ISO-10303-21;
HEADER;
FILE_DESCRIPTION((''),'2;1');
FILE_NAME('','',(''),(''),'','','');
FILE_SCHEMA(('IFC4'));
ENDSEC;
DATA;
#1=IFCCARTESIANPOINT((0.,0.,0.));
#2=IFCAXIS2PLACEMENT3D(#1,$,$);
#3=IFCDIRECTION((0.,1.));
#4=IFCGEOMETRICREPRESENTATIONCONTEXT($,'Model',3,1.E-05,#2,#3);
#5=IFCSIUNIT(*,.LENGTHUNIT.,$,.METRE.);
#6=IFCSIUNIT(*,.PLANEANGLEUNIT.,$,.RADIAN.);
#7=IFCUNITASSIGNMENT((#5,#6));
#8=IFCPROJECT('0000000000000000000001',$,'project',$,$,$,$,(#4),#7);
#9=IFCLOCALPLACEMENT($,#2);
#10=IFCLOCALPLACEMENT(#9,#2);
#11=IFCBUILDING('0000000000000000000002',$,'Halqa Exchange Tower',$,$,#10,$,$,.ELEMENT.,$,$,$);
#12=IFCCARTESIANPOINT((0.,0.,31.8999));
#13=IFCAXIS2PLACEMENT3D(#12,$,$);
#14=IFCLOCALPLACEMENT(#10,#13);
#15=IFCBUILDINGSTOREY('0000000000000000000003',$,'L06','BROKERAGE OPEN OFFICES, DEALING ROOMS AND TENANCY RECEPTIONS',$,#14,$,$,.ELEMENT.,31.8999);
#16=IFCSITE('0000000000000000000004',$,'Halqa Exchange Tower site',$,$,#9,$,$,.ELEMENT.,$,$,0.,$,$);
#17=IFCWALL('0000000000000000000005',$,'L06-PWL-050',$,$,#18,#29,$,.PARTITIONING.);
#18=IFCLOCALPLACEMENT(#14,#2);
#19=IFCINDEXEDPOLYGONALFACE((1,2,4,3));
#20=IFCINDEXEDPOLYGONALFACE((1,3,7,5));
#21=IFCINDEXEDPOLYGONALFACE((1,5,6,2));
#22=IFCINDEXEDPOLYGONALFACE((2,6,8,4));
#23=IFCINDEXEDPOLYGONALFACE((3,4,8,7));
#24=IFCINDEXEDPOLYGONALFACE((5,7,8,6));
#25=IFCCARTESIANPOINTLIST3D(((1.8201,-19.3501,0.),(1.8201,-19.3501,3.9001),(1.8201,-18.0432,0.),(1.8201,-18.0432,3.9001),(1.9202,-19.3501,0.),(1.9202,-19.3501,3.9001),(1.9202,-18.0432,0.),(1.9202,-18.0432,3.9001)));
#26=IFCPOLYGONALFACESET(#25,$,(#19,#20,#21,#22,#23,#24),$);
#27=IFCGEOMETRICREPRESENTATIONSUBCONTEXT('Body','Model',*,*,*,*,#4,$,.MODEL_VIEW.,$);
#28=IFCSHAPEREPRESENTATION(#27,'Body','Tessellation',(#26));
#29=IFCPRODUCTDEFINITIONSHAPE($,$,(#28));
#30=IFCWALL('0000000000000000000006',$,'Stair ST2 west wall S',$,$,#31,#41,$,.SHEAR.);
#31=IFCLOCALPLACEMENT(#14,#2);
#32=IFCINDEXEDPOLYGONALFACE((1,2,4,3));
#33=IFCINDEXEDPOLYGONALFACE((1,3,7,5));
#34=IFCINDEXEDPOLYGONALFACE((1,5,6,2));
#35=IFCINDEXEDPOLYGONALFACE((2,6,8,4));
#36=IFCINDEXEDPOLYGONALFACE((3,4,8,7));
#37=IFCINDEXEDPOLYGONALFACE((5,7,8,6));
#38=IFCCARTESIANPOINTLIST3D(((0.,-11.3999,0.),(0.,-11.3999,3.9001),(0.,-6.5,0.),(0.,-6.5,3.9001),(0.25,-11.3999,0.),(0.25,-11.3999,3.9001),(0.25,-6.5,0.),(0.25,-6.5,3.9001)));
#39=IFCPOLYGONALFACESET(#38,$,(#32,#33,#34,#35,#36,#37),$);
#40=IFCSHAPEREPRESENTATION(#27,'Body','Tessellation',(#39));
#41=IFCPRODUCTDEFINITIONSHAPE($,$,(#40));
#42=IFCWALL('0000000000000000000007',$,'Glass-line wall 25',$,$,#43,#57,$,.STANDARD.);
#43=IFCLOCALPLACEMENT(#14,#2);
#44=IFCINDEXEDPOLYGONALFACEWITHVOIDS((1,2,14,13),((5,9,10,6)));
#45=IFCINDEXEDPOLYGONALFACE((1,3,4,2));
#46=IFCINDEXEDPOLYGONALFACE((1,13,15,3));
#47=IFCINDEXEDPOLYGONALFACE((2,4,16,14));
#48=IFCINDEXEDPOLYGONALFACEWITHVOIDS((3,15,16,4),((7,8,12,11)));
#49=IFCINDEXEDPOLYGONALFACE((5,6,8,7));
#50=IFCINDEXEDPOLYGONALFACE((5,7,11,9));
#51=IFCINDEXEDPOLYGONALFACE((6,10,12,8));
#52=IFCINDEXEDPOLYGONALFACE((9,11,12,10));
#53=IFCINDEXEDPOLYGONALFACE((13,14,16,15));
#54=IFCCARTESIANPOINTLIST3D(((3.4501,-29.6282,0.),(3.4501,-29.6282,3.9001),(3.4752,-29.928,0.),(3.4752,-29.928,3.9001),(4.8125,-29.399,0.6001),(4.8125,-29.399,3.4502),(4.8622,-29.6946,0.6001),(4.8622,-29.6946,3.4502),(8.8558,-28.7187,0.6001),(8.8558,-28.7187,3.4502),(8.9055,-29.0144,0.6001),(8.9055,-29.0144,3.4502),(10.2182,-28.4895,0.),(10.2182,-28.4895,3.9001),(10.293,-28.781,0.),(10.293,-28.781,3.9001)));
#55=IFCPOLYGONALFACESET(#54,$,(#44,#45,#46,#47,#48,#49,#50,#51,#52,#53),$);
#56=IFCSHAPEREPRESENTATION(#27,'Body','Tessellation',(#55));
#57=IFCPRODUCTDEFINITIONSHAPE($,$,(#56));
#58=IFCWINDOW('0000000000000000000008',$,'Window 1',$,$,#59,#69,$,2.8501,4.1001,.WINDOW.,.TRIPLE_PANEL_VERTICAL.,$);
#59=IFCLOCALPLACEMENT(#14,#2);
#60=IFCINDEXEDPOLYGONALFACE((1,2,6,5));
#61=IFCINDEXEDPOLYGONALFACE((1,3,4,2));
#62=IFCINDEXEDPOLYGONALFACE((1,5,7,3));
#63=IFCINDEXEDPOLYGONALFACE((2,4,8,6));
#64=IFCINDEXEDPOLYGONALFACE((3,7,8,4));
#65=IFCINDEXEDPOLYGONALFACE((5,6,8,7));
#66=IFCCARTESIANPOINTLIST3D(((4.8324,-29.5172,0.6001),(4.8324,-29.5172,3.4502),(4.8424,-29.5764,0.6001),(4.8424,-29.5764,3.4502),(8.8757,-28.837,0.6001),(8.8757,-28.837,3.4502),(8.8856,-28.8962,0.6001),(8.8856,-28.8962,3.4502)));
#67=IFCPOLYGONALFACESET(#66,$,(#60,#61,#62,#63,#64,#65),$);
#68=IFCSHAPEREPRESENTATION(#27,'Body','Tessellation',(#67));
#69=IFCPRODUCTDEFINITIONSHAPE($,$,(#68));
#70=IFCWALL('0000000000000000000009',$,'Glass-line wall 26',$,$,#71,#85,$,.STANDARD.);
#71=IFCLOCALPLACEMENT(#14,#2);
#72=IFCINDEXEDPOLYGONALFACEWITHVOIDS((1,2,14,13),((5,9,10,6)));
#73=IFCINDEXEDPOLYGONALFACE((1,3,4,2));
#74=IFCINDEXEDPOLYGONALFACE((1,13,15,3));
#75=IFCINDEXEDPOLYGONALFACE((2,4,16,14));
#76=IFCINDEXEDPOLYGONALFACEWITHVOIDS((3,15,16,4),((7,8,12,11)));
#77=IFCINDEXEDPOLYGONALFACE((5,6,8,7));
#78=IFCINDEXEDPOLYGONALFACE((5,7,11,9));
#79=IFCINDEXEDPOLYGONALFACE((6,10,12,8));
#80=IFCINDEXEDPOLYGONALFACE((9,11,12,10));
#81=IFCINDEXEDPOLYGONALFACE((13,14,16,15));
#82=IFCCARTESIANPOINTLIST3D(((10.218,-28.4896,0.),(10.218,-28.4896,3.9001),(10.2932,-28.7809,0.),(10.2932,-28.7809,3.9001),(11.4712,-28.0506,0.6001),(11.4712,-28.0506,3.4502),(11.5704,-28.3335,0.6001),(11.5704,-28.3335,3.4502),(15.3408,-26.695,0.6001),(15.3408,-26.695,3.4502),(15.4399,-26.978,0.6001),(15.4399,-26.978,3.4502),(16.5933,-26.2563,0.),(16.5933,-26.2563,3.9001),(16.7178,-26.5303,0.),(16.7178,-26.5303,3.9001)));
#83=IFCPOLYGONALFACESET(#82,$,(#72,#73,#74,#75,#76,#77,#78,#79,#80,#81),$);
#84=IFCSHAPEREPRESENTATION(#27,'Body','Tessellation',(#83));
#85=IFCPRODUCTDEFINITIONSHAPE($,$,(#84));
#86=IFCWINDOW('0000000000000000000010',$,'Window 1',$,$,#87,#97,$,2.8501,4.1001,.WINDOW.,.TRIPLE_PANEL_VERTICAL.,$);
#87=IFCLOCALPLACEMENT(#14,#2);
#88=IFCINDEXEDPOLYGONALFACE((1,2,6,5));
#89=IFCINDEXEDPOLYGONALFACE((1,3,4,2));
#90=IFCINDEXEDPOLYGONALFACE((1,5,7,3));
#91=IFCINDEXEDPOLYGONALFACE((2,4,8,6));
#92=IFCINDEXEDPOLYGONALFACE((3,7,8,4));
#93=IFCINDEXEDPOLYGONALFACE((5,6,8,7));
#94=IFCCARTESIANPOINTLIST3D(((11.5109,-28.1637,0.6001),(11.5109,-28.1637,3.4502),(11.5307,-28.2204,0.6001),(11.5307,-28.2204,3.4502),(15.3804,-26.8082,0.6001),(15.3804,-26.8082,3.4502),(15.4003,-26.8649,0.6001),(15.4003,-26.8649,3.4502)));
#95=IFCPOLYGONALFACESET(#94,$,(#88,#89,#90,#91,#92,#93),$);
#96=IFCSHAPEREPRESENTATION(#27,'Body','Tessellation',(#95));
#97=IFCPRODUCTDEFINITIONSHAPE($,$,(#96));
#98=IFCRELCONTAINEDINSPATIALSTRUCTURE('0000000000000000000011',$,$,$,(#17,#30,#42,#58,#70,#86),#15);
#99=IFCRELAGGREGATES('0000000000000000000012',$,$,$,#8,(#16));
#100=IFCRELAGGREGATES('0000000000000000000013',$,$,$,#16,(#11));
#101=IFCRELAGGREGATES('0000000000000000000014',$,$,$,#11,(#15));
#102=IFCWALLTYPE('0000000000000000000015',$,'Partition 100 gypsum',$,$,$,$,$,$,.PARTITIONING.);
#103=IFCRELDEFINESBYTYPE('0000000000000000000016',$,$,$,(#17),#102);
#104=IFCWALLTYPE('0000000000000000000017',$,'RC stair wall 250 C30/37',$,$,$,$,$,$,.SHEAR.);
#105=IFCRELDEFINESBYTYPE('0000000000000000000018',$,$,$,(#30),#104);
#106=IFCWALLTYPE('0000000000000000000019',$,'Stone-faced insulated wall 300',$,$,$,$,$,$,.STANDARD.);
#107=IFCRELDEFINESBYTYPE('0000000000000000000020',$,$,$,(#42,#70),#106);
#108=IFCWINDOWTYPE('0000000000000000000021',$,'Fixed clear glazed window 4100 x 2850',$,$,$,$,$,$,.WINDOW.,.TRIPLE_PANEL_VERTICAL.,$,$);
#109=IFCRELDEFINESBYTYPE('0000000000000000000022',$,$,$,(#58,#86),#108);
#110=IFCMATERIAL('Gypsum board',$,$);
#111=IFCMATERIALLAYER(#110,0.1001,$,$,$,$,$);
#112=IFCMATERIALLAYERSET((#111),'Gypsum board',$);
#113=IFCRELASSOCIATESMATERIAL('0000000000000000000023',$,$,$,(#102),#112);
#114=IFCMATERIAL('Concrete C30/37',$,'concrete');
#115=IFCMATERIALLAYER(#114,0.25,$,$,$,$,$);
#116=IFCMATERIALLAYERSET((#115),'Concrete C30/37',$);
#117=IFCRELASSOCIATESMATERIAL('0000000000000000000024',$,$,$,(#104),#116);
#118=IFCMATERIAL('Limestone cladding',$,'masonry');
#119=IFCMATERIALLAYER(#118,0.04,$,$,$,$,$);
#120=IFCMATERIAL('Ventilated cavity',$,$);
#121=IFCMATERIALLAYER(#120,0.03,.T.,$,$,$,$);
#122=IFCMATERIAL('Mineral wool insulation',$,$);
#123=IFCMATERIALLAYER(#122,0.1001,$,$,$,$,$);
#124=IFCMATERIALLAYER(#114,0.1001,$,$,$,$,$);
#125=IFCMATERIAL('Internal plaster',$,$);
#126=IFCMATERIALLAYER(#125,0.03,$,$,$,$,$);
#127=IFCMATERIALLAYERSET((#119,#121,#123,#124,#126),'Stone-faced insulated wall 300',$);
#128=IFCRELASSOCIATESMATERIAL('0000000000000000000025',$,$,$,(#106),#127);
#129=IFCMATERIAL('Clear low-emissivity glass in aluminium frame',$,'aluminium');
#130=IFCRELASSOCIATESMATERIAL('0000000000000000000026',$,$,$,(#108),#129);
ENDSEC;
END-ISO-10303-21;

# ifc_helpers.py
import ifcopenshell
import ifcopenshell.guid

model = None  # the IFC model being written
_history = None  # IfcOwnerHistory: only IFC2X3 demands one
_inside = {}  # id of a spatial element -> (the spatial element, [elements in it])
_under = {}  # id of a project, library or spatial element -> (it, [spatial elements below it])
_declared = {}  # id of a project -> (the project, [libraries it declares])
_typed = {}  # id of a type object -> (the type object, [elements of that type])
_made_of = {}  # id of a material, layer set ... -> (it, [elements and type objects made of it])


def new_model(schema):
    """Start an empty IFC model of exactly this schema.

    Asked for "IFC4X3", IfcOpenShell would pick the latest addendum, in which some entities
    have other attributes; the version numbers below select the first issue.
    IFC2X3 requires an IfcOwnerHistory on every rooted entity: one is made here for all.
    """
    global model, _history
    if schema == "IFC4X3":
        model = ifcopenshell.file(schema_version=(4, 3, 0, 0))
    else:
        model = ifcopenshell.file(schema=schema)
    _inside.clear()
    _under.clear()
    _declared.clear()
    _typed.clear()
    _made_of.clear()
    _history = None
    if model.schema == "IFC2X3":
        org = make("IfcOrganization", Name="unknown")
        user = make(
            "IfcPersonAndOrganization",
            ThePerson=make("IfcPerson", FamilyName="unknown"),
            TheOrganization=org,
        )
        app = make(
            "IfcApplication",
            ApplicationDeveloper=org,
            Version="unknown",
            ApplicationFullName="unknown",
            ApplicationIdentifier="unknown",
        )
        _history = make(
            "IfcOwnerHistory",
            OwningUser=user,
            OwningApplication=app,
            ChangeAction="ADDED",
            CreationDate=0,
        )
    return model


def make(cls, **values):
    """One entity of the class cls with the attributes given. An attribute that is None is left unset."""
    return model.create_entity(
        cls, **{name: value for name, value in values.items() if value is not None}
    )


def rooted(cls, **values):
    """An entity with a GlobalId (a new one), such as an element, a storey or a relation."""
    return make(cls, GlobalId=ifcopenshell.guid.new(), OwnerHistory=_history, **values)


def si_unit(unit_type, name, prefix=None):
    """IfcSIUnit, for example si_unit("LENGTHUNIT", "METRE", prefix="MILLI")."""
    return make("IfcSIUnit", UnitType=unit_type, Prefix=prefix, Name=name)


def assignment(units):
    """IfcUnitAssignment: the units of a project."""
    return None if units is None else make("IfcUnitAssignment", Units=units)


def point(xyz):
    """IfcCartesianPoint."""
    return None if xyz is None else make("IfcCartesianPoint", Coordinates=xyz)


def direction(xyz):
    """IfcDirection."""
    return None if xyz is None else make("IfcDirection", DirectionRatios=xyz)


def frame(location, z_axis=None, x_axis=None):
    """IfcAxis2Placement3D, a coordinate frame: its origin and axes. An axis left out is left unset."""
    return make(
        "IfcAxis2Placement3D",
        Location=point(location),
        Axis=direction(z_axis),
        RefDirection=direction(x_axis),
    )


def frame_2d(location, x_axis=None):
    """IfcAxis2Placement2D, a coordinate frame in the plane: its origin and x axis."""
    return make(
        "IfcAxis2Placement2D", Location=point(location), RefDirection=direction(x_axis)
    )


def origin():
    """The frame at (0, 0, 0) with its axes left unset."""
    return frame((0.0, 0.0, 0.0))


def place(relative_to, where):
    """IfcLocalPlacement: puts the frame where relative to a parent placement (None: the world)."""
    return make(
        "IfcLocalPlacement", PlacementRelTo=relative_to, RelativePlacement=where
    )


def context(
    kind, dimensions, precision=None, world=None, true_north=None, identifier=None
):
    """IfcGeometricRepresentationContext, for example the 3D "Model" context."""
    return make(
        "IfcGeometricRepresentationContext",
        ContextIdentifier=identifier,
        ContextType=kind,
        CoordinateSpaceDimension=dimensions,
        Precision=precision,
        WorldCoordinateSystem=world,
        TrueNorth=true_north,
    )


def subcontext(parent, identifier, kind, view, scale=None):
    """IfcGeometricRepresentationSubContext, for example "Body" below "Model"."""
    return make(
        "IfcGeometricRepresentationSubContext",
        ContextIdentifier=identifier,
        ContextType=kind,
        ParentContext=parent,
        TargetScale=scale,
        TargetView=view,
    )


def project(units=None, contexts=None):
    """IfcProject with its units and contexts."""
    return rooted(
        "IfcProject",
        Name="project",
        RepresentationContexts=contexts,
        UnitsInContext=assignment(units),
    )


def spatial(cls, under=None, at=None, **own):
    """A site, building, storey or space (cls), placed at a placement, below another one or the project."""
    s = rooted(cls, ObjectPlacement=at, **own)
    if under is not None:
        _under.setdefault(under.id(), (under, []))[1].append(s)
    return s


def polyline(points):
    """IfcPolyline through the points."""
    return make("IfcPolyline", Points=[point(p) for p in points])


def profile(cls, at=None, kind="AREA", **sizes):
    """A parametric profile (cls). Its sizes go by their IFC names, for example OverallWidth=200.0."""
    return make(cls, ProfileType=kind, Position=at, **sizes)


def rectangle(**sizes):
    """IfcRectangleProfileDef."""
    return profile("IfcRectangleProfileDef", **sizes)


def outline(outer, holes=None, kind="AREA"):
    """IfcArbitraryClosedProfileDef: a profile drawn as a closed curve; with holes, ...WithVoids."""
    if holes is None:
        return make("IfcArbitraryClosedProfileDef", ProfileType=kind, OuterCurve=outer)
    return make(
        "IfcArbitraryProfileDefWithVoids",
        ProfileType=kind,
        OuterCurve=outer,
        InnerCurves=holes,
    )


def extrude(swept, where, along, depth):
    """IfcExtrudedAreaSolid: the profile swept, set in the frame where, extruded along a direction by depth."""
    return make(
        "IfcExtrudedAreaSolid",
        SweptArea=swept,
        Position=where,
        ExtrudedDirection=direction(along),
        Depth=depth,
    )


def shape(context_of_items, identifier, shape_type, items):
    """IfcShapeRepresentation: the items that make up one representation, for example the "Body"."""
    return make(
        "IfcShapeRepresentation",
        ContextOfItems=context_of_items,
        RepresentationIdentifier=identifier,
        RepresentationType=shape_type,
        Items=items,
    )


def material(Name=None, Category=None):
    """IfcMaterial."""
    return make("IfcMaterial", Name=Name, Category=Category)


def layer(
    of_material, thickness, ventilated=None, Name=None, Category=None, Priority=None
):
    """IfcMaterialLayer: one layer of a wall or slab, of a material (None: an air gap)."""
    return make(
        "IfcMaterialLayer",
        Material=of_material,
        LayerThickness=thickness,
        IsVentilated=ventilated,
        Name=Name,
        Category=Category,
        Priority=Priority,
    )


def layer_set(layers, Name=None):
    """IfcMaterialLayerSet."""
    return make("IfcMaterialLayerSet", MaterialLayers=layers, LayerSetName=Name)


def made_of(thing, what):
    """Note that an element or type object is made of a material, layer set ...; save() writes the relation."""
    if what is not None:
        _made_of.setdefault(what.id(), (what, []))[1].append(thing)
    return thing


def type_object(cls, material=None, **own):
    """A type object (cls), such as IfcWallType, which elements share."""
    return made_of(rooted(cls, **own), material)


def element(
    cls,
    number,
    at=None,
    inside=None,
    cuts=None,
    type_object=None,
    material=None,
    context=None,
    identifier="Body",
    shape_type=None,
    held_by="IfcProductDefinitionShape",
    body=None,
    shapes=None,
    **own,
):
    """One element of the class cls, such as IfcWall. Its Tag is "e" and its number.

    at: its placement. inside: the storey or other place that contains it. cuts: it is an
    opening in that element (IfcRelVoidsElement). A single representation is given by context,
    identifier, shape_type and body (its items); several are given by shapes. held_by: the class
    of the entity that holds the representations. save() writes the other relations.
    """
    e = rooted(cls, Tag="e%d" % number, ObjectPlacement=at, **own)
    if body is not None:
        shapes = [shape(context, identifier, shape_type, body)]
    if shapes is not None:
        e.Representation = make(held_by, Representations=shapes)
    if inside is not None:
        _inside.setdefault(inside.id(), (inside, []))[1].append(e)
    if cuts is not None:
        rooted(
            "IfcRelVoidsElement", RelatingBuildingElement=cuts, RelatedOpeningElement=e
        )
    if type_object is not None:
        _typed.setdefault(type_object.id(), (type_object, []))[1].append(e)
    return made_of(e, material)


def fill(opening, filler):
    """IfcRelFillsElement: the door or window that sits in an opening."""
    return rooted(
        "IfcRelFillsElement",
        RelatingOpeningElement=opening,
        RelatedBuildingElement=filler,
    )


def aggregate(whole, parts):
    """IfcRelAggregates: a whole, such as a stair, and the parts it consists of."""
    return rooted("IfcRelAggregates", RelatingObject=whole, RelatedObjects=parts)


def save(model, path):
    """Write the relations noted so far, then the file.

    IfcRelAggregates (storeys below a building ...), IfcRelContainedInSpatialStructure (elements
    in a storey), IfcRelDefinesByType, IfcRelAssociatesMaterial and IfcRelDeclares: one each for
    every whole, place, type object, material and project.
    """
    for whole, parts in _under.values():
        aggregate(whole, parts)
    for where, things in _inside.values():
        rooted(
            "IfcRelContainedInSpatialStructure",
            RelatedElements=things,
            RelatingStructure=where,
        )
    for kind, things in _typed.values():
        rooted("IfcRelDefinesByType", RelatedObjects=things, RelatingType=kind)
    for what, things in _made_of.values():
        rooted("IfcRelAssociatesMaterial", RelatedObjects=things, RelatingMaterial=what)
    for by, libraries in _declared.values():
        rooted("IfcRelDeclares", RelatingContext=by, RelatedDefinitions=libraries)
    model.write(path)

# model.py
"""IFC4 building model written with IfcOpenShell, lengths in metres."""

from ifc_helpers import new_model, si_unit, direction, frame, frame_2d, origin, place, context, subcontext, project, spatial, polyline, rectangle, outline, extrude, material, layer, layer_set, type_object, element, fill, save


model = new_model("IFC4")

# Units and contexts
model_context = context("Model", 3, precision=1e-05, world=origin(), true_north=direction((0.0, 1.0)))
body_context = subcontext(model_context, "Body", "Model", "MODEL_VIEW")
ifc_project = project(units=[si_unit("LENGTHUNIT", "METRE"), si_unit("PLANEANGLEUNIT", "RADIAN")], contexts=[model_context])

# Site, building, storey
site_placement = place(None, origin())
site = spatial("IfcSite", under=ifc_project, at=site_placement, Name="Halqa Exchange Tower site", CompositionType="ELEMENT", RefElevation=0.0)
building_placement = place(site_placement, origin())
building = spatial("IfcBuilding", under=site, at=building_placement, Name="Halqa Exchange Tower", CompositionType="ELEMENT")
storey_placement = place(building_placement, frame((0.0, 0.0, 31.8999)))
storey = spatial("IfcBuildingStorey", under=building, at=storey_placement, Name="L06", Description="BROKERAGE OPEN OFFICES, DEALING ROOMS AND TENANCY RECEPTIONS", CompositionType="ELEMENT", Elevation=31.8999)

# Shared definitions
ifc_material_1 = material(Name="Gypsum board")
ifc_layer_1 = layer(ifc_material_1, 0.1001)
ifc_layer_set_1 = layer_set([ifc_layer_1], Name="Gypsum board")
wall_type_1 = type_object("IfcWallType", Name="Partition 100 gypsum", PredefinedType="PARTITIONING", material=ifc_layer_set_1)

# Walls
wall_1_placement = place(storey_placement, frame((1.8701, -18.0432, 0.0), z_axis=(0.0, 0.0, 1.0), x_axis=(0.0, -1.0, 0.0)))
element("IfcWall", 1, at=wall_1_placement, inside=storey, type_object=wall_type_1, Name="L06-PWL-050", PredefinedType="PARTITIONING", context=body_context, shape_type="SweptSolid", body=[
    extrude(outline(polyline([(0.0, -0.05), (1.3069, -0.05), (1.3069, 0.05), (0.0, 0.05), (0.0, -0.05)])), origin(), (0.0, 0.0, 1.0), 3.9001),
])
ifc_material_2 = material(Name="Concrete C30/37", Category="concrete")
ifc_layer_2 = layer(ifc_material_2, 0.25)
ifc_layer_set_2 = layer_set([ifc_layer_2], Name="Concrete C30/37")
wall_type_2 = type_object("IfcWallType", Name="RC stair wall 250 C30/37", PredefinedType="SHEAR", material=ifc_layer_set_2)
wall_2_placement = place(storey_placement, frame((0.125, -11.3999, 0.0), z_axis=(0.0, 0.0, 1.0), x_axis=(0.0, 1.0, 0.0)))
element("IfcWall", 2, at=wall_2_placement, inside=storey, type_object=wall_type_2, Name="Stair ST2 west wall S", PredefinedType="SHEAR", context=body_context, shape_type="SweptSolid", body=[
    extrude(rectangle(XDim=4.8999, YDim=0.25, at=frame_2d((2.45, 0.0))), origin(), (0.0, 0.0, 1.0), 3.9001),
])

# Walls, openings, windows
ifc_material_3 = material(Name="Limestone cladding", Category="masonry")
ifc_layer_3 = layer(ifc_material_3, 0.04)
ifc_material_4 = material(Name="Ventilated cavity")
ifc_layer_4 = layer(ifc_material_4, 0.03, ventilated=True)
ifc_material_5 = material(Name="Mineral wool insulation")
ifc_layer_5 = layer(ifc_material_5, 0.1001)
ifc_layer_6 = layer(ifc_material_2, 0.1001)
ifc_material_6 = material(Name="Internal plaster")
ifc_layer_7 = layer(ifc_material_6, 0.03)
ifc_layer_set_3 = layer_set([ifc_layer_3, ifc_layer_4, ifc_layer_5, ifc_layer_6, ifc_layer_7], Name="Stone-faced insulated wall 300")
wall_type_3 = type_object("IfcWallType", Name="Stone-faced insulated wall 300", PredefinedType="STANDARD", material=ifc_layer_set_3)
wall_3_placement = place(storey_placement, frame((3.4626, -29.7781, 0.0), z_axis=(0.0, 0.0, 1.0), x_axis=(0.986142, 0.165905, 0.0)))
wall_3 = element("IfcWall", 3, at=wall_3_placement, inside=storey, type_object=wall_type_3, Name="Glass-line wall 25", PredefinedType="STANDARD", context=body_context, shape_type="SweptSolid", body=[
    extrude(outline(polyline([(-0.0125, -0.1499), (6.9011, -0.1499), (6.8757, 0.1499), (0.0125, 0.1499), (-0.0125, -0.1499)])), origin(), (0.0, 0.0, 1.0), 3.9001),
])
opening_1_placement = place(wall_3_placement, frame((1.394, 0.0, 0.6001)))
opening_1 = element("IfcOpeningElement", 4, at=opening_1_placement, cuts=wall_3, PredefinedType="OPENING", context=body_context, shape_type="SweptSolid", body=[
    extrude(rectangle(XDim=4.1001, YDim=2.8501, at=frame_2d((2.05, 1.425))), frame((0.0, 0.1621, 0.0), z_axis=(0.0, -1.0, 0.0), x_axis=(1.0, 0.0, 0.0)), (0.0, 0.0, 1.0), 0.324),
])
ifc_material_7 = material(Name="Clear low-emissivity glass in aluminium frame", Category="aluminium")
window_type = type_object("IfcWindowType", Name="Fixed clear glazed window 4100 x 2850", PartitioningType="TRIPLE_PANEL_VERTICAL", PredefinedType="WINDOW", material=ifc_material_7)
window_1_placement = place(opening_1_placement, origin())
window_1 = element("IfcWindow", 5, at=window_1_placement, inside=storey, type_object=window_type, Name="Window 1", OverallHeight=2.8501, OverallWidth=4.1001, PartitioningType="TRIPLE_PANEL_VERTICAL", PredefinedType="WINDOW", context=body_context, shape_type="SweptSolid", body=[
    extrude(rectangle(XDim=4.1001, YDim=2.8501, at=frame_2d((2.05, 1.425))), frame((0.0, 0.03, 0.0), z_axis=(0.0, -1.0, 0.0), x_axis=(1.0, 0.0, 0.0)), (0.0, 0.0, 1.0), 0.0601),
])
fill(opening_1, window_1)
wall_4_placement = place(storey_placement, frame((10.2556, -28.6353, 0.0), z_axis=(0.0, 0.0, 1.0), x_axis=(0.943767, 0.33061, 0.0)))
wall_4 = element("IfcWall", 6, at=wall_4_placement, inside=storey, type_object=wall_type_3, Name="Glass-line wall 26", PredefinedType="STANDARD", context=body_context, shape_type="SweptSolid", body=[
    extrude(outline(polyline([(-0.0127, -0.1499), (6.7947, -0.1499), (6.7678, 0.1499), (0.0127, 0.1499), (-0.0127, -0.1499)])), origin(), (0.0, 0.0, 1.0), 3.9001),
])
opening_2_placement = place(wall_4_placement, frame((1.3406, 0.0, 0.6001)))
opening_2 = element("IfcOpeningElement", 7, at=opening_2_placement, cuts=wall_4, PredefinedType="OPENING", context=body_context, shape_type="SweptSolid", body=[
    extrude(rectangle(XDim=4.1001, YDim=2.8501, at=frame_2d((2.05, 1.425))), frame((0.0, 0.1621, 0.0), z_axis=(0.0, -1.0, 0.0), x_axis=(1.0, 0.0, 0.0)), (0.0, 0.0, 1.0), 0.324),
])
window_2_placement = place(opening_2_placement, origin())
window_2 = element("IfcWindow", 8, at=window_2_placement, inside=storey, type_object=window_type, Name="Window 1", OverallHeight=2.8501, OverallWidth=4.1001, PartitioningType="TRIPLE_PANEL_VERTICAL", PredefinedType="WINDOW", context=body_context, shape_type="SweptSolid", body=[
    extrude(rectangle(XDim=4.1001, YDim=2.8501, at=frame_2d((2.05, 1.425))), frame((0.0, 0.03, 0.0), z_axis=(0.0, -1.0, 0.0), x_axis=(1.0, 0.0, 0.0)), (0.0, 0.0, 1.0), 0.0601),
])
fill(opening_2, window_2)

save(model, "model.ifc")
